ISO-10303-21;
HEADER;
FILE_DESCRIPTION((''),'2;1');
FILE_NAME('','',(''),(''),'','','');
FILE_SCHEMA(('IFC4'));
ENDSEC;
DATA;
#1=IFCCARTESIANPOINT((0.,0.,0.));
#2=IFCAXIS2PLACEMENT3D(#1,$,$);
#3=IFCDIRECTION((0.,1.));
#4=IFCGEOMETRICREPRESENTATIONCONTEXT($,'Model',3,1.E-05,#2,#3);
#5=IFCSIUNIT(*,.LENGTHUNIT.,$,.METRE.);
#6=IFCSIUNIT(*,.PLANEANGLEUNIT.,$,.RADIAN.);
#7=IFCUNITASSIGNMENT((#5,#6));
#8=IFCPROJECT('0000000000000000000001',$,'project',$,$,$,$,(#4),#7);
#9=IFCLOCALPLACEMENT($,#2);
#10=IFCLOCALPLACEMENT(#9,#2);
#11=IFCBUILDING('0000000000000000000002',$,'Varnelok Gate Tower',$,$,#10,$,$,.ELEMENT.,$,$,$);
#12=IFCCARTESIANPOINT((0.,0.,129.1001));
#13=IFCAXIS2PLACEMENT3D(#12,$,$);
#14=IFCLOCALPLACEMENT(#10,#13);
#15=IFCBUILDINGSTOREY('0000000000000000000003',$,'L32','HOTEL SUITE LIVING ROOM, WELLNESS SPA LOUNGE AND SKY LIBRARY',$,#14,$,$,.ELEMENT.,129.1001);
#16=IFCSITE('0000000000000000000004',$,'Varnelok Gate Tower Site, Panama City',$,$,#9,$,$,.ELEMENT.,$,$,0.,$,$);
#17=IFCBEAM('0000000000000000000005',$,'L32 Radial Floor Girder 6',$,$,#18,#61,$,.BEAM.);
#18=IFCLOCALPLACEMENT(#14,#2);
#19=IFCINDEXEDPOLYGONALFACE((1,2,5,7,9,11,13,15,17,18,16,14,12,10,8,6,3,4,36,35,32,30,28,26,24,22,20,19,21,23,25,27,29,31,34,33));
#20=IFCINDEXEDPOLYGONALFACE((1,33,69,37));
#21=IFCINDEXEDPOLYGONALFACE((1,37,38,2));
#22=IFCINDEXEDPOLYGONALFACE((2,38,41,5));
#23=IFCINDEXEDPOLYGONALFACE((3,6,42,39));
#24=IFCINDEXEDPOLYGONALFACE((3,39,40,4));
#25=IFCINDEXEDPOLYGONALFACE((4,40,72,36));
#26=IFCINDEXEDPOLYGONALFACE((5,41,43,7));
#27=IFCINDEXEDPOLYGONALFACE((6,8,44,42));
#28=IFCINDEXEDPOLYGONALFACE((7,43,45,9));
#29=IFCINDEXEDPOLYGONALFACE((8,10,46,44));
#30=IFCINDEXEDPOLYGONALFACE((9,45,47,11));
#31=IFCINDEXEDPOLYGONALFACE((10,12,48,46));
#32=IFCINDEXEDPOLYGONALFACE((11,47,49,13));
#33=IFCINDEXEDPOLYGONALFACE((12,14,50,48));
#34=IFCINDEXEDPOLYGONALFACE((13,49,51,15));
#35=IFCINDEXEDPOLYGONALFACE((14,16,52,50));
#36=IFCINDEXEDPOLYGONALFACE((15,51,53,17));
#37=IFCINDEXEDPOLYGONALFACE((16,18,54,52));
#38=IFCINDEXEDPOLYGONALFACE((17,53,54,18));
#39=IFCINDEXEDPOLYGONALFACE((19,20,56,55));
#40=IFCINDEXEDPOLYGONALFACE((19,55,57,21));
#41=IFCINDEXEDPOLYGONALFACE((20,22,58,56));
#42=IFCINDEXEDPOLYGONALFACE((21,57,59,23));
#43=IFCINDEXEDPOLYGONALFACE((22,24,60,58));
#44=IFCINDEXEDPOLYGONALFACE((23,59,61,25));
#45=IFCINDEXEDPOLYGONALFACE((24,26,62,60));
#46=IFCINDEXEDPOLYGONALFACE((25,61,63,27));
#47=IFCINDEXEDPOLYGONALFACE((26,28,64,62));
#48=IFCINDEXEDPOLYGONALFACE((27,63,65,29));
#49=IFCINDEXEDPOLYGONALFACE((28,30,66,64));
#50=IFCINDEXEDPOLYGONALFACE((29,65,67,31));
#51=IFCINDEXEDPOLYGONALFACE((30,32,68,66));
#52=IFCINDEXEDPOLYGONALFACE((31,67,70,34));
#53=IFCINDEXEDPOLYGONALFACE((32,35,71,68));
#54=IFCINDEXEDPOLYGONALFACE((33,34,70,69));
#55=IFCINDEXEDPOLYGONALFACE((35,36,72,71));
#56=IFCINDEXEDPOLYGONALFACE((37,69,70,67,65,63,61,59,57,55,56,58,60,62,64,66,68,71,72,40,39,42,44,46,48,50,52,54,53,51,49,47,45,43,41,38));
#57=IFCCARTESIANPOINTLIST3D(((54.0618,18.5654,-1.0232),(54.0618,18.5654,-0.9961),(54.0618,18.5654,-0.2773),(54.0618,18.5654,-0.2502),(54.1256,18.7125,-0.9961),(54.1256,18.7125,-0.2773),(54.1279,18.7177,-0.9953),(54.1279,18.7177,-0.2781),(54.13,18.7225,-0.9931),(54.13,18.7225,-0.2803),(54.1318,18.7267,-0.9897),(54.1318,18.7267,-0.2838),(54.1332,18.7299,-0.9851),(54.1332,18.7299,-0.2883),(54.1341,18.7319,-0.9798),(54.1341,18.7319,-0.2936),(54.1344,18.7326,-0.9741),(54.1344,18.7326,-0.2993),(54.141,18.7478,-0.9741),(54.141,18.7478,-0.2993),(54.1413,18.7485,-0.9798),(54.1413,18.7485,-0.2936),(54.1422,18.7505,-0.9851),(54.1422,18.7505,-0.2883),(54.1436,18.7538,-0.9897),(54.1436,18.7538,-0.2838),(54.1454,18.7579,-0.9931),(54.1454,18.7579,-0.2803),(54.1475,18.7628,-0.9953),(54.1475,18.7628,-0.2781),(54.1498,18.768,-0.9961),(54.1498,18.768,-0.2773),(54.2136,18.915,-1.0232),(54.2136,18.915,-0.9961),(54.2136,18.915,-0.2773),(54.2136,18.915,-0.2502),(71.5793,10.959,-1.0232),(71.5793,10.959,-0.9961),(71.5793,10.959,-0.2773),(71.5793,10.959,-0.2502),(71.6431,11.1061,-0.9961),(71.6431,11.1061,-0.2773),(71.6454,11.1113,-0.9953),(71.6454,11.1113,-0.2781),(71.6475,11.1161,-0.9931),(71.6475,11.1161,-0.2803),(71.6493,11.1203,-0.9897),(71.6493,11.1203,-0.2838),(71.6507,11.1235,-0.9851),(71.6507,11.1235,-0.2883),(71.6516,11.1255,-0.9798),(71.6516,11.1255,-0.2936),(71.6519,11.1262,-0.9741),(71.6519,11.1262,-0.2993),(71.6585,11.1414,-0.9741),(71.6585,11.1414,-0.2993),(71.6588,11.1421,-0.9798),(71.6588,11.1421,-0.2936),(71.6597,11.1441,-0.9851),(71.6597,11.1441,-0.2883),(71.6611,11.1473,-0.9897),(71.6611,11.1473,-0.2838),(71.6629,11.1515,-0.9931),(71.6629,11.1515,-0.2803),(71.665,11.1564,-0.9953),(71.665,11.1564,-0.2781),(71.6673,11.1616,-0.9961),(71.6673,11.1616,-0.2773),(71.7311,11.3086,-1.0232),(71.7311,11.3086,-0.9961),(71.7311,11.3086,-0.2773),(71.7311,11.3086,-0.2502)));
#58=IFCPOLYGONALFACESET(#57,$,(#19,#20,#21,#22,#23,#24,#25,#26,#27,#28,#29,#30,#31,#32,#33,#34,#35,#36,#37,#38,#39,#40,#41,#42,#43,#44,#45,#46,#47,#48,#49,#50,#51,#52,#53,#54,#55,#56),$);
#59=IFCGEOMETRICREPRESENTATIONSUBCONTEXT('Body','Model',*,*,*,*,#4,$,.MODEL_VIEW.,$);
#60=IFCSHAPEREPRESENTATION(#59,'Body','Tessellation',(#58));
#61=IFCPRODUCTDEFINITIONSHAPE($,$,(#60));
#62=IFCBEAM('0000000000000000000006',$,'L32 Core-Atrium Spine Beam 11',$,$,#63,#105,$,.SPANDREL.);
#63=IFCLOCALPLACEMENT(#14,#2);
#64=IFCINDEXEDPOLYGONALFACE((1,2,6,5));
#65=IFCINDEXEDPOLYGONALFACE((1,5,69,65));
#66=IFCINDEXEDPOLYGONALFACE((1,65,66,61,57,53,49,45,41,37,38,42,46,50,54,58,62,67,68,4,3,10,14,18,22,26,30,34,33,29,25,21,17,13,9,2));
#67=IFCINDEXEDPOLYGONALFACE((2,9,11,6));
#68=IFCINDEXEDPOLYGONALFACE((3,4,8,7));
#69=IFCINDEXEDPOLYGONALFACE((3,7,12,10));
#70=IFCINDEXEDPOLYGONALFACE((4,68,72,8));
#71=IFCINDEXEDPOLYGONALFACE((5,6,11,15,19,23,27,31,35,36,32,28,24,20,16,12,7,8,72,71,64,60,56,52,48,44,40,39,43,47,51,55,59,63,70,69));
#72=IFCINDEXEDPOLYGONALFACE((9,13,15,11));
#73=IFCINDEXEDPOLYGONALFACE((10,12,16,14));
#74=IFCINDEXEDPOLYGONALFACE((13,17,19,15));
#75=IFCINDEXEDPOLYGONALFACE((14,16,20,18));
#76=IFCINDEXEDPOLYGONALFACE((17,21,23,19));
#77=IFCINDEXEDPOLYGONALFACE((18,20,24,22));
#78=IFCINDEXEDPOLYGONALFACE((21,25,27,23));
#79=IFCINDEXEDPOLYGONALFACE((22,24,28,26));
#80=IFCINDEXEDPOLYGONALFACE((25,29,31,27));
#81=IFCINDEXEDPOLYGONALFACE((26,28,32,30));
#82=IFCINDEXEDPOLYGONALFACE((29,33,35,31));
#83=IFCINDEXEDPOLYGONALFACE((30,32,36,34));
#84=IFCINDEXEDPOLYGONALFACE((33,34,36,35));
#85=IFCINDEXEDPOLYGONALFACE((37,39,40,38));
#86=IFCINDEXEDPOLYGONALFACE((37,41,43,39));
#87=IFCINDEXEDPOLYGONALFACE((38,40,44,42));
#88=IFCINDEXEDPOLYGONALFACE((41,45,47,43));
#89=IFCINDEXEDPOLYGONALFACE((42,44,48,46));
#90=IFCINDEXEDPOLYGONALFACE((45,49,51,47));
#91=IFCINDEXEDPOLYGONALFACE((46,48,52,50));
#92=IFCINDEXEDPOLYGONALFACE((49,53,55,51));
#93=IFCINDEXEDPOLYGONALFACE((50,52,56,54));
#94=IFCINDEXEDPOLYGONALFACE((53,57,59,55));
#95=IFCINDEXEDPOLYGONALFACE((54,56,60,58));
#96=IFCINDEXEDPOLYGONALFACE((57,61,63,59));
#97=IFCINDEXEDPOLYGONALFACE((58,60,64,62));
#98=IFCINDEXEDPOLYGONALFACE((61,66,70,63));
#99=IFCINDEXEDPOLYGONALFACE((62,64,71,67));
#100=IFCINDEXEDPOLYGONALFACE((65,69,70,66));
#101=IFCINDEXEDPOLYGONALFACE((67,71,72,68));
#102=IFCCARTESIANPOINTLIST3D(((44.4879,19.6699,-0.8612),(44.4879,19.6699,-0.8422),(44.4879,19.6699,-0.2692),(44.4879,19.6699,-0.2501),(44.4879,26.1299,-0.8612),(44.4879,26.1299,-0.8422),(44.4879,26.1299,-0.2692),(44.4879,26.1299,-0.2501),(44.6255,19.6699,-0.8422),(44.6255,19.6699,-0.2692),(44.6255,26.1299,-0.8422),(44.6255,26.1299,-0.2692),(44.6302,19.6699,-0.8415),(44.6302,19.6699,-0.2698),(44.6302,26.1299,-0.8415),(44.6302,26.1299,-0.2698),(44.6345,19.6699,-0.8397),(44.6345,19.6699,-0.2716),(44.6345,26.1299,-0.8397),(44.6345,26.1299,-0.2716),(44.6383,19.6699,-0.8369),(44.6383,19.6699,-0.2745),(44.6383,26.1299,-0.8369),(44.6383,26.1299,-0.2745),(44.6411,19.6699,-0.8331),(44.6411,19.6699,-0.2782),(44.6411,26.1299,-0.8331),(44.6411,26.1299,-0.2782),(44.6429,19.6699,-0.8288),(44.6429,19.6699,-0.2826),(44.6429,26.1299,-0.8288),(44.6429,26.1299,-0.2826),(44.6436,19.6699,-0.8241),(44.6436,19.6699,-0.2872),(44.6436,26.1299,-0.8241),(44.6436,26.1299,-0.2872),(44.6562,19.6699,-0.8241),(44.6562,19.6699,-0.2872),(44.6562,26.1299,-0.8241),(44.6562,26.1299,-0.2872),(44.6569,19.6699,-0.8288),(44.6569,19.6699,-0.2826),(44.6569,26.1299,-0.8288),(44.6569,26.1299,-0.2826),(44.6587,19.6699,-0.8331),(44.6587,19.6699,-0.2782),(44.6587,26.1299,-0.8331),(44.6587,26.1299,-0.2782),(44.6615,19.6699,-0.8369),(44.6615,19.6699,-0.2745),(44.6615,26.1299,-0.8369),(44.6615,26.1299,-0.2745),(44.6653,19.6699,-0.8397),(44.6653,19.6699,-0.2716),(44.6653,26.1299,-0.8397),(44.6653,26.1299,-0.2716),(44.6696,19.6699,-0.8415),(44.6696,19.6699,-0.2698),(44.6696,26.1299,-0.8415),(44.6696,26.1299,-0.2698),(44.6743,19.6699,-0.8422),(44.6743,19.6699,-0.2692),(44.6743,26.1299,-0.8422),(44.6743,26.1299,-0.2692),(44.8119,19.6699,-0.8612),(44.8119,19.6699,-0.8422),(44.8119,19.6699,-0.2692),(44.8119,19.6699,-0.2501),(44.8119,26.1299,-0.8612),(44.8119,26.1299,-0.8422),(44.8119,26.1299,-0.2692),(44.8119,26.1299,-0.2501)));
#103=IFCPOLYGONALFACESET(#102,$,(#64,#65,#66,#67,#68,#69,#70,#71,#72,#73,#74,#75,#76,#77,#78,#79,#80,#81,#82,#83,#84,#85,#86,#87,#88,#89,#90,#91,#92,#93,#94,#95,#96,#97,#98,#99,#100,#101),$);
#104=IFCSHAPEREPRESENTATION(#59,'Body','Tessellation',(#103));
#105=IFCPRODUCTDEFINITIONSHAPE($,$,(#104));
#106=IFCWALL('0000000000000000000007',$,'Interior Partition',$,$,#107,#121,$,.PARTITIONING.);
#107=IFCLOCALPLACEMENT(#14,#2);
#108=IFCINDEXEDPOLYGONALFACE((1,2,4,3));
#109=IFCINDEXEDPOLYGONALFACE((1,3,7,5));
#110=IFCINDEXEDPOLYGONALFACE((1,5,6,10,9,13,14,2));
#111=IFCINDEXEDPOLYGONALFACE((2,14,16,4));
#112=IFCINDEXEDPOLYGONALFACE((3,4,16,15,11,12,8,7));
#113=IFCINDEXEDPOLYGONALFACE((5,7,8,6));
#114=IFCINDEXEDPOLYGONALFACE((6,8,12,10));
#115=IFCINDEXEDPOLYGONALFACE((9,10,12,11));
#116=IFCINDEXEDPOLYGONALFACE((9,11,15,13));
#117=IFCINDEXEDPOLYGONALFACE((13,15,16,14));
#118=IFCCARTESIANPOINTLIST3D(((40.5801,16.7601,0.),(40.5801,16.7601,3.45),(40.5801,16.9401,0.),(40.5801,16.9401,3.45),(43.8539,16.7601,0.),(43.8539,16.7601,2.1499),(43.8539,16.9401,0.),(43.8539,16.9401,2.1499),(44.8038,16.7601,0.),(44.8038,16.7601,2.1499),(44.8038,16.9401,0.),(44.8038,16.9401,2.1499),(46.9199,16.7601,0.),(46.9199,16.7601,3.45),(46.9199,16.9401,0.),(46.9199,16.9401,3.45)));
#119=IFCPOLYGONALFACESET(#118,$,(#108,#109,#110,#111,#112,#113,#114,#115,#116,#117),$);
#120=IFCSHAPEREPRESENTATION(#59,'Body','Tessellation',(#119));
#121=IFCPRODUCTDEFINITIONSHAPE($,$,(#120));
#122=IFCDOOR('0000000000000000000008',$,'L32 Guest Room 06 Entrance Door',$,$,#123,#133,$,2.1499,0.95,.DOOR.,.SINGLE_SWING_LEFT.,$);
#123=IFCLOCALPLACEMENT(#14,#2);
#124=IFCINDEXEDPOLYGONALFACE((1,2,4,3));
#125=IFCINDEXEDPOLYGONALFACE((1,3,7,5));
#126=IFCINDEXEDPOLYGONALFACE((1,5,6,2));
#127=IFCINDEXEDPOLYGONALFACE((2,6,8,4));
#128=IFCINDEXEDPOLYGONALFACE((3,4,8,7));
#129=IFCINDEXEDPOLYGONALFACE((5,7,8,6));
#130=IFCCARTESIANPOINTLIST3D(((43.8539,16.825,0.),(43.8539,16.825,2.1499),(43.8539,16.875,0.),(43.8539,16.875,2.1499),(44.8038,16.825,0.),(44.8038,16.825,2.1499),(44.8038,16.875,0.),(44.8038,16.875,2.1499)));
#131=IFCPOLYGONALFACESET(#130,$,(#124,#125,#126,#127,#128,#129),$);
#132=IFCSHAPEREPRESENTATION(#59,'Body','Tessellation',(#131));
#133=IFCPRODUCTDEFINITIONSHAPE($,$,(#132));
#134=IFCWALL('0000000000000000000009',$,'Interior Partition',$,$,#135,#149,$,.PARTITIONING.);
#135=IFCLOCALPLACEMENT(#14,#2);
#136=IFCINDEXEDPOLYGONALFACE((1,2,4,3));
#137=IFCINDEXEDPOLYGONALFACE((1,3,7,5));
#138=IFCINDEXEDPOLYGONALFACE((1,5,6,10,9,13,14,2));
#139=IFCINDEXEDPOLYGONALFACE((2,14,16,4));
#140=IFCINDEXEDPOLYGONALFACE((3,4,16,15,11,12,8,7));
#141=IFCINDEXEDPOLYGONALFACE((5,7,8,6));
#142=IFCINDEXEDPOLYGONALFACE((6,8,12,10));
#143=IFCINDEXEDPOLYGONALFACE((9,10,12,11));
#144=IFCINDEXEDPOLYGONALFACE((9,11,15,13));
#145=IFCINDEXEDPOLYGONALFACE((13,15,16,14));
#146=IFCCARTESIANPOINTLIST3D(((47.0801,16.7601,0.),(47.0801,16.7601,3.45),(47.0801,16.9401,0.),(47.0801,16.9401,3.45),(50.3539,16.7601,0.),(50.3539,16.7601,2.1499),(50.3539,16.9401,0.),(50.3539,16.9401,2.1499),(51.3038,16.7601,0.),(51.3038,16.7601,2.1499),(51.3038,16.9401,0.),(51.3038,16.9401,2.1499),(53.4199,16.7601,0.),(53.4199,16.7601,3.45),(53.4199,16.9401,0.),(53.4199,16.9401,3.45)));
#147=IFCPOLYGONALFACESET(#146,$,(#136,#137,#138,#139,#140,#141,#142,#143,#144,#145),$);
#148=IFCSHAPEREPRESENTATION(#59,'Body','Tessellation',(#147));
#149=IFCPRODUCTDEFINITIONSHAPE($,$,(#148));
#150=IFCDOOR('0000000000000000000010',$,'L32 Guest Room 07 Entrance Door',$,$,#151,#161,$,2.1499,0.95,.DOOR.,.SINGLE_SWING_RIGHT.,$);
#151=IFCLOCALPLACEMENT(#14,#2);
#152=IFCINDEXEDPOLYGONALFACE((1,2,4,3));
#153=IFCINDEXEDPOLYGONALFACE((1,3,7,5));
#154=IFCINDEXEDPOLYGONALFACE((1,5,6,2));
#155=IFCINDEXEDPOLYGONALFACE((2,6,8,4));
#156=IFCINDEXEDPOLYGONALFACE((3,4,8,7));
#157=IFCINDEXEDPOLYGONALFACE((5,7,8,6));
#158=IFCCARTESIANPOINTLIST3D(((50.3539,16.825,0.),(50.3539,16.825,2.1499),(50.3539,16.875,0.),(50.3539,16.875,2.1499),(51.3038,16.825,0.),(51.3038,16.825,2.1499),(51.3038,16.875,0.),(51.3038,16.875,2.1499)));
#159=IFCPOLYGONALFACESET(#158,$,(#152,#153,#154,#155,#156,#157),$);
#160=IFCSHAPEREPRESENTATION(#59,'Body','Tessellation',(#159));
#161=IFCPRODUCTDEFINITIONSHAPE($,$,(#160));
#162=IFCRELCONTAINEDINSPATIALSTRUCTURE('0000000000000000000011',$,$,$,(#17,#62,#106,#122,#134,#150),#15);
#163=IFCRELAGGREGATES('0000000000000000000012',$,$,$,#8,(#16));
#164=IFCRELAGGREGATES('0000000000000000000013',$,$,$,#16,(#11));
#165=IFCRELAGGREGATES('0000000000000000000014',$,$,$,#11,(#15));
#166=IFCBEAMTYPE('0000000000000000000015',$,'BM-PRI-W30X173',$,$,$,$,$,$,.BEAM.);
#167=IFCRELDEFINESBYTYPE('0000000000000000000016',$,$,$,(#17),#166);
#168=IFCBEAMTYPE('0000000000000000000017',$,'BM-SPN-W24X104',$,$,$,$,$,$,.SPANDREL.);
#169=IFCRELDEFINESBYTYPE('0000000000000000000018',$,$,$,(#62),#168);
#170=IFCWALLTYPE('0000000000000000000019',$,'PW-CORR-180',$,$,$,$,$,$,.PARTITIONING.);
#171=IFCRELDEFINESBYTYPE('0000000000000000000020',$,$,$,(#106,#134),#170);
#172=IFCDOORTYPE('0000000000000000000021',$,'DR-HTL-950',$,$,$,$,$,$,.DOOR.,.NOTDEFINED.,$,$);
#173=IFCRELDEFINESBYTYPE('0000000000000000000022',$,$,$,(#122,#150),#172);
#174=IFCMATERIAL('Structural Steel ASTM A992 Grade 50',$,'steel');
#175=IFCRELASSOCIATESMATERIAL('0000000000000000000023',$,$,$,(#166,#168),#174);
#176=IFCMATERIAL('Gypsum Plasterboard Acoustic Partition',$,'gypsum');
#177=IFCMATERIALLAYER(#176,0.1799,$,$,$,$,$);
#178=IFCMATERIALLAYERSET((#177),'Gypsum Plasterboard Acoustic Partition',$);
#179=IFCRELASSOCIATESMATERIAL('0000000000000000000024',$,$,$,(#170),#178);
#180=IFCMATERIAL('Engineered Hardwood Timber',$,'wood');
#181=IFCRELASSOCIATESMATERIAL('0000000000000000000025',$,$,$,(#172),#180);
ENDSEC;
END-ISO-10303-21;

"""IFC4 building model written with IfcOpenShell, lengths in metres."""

from ifc_helpers import new_model, si_unit, direction, frame, frame_2d, origin, origin_2d, place, context, subcontext, project, spatial, rectangle, i_section, extrude, material, layer, layer_set, material_profile, profile_set, type_object, element, fill, save


model = new_model("IFC4")

# Units and contexts
model_context = context("Model", 3, precision=1e-05, world=origin(), true_north=direction((0.0, 1.0)))
body_context = subcontext(model_context, "Body", "Model", "MODEL_VIEW")
ifc_project = project(units=[si_unit("LENGTHUNIT", "METRE"), si_unit("PLANEANGLEUNIT", "RADIAN")], contexts=[model_context])

# Site, building, storey
site_placement = place(None, origin())
site = spatial("IfcSite", under=ifc_project, at=site_placement, Name="Varnelok Gate Tower Site, Panama City", CompositionType="ELEMENT", RefElevation=0.0)
building_placement = place(site_placement, origin())
building = spatial("IfcBuilding", under=site, at=building_placement, Name="Varnelok Gate Tower", CompositionType="ELEMENT")
storey_placement = place(building_placement, frame((0.0, 0.0, 129.1001)))
storey = spatial("IfcBuildingStorey", under=building, at=storey_placement, Name="L32", Description="HOTEL SUITE LIVING ROOM, WELLNESS SPA LOUNGE AND SKY LIBRARY", CompositionType="ELEMENT", Elevation=129.1001)

# Shared definitions
ifc_material_1 = material(Name="Structural Steel ASTM A992 Grade 50", Category="steel")

# Beams
ifc_material_profile_1 = material_profile(ifc_material_1, i_section(OverallWidth=0.3811, OverallDepth=0.7729, WebThickness=0.0166, FlangeThickness=0.0271, FilletRadius=0.022, at=origin_2d()), Name="W30X173")
ifc_profile_set_1 = profile_set([ifc_material_profile_1], Name="Structural Steel ASTM A992 Grade 50")
beam_type_1 = type_object("IfcBeamType", Name="BM-PRI-W30X173", PredefinedType="BEAM", material=ifc_profile_set_1)
beam_1_placement = place(storey_placement, frame((54.1377, 18.7402, -0.6367), z_axis=(0.917259, -0.39829, 0.0), x_axis=(0.39829, 0.917259, 0.0)))
element("IfcBeam", 1, at=beam_1_placement, inside=storey, type_object=beam_type_1, Name="L32 Radial Floor Girder 6", PredefinedType="BEAM", context=body_context, shape_type="SweptSolid", body=[
    extrude(i_section(OverallWidth=0.3811, OverallDepth=0.7729, WebThickness=0.0166, FlangeThickness=0.0271, FilletRadius=0.022, at=origin_2d()), origin(), (0.0, 0.0, 1.0), 19.0977),
])
ifc_material_profile_2 = material_profile(ifc_material_1, i_section(OverallWidth=0.324, OverallDepth=0.6111, WebThickness=0.0127, FlangeThickness=0.019, FilletRadius=0.0181, at=origin_2d()), Name="W24X104")
ifc_profile_set_2 = profile_set([ifc_material_profile_2], Name="Structural Steel ASTM A992 Grade 50")
beam_type_2 = type_object("IfcBeamType", Name="BM-SPN-W24X104", PredefinedType="SPANDREL", material=ifc_profile_set_2)
beam_2_placement = place(storey_placement, frame((44.6499, 19.6699, -0.5557), z_axis=(0.0, 1.0, 0.0), x_axis=(-1.0, 0.0, 0.0)))
element("IfcBeam", 2, at=beam_2_placement, inside=storey, type_object=beam_type_2, Name="L32 Core-Atrium Spine Beam 11", PredefinedType="SPANDREL", context=body_context, shape_type="SweptSolid", body=[
    extrude(i_section(OverallWidth=0.324, OverallDepth=0.6111, WebThickness=0.0127, FlangeThickness=0.019, FilletRadius=0.0181, at=origin_2d()), origin(), (0.0, 0.0, 1.0), 6.46),
])

# Walls, openings, doors
ifc_material_2 = material(Name="Gypsum Plasterboard Acoustic Partition", Category="gypsum")
ifc_layer_1 = layer(ifc_material_2, 0.1799)
ifc_layer_set_1 = layer_set([ifc_layer_1], Name="Gypsum Plasterboard Acoustic Partition")
wall_type_1 = type_object("IfcWallType", Name="PW-CORR-180", PredefinedType="PARTITIONING", material=ifc_layer_set_1)
wall_1_placement = place(storey_placement, frame((40.5801, 16.8501, 0.0), z_axis=(0.0, 0.0, 1.0), x_axis=(1.0, 0.0, 0.0)))
wall_1 = element("IfcWall", 3, at=wall_1_placement, inside=storey, type_object=wall_type_1, Name="Interior Partition", PredefinedType="PARTITIONING", context=body_context, shape_type="SweptSolid", body=[
    extrude(rectangle(XDim=6.3398, YDim=0.1799, at=frame_2d((3.1699, 0.0))), origin(), (0.0, 0.0, 1.0), 3.45),
])
opening_1_placement = place(wall_1_placement, frame((3.2737, 0.0, 0.0)))
opening_1 = element("IfcOpeningElement", 4, at=opening_1_placement, cuts=wall_1, PredefinedType="OPENING", context=body_context, shape_type="SweptSolid", body=[
    extrude(rectangle(XDim=0.95, YDim=2.1499, at=frame_2d((0.4751, 1.075))), frame((0.0, 0.0999, 0.0), z_axis=(0.0, -1.0, 0.0), x_axis=(1.0, 0.0, 0.0)), (0.0, 0.0, 1.0), 0.2),
])
ifc_material_3 = material(Name="Engineered Hardwood Timber", Category="wood")
door_type_1 = type_object("IfcDoorType", Name="DR-HTL-950", OperationType="NOTDEFINED", PredefinedType="DOOR", material=ifc_material_3)
door_1_placement = place(opening_1_placement, origin())
door_1 = element("IfcDoor", 5, at=door_1_placement, inside=storey, type_object=door_type_1, Name="L32 Guest Room 06 Entrance Door", OperationType="SINGLE_SWING_LEFT", OverallHeight=2.1499, OverallWidth=0.95, PredefinedType="DOOR", context=body_context, shape_type="SweptSolid", body=[
    extrude(rectangle(XDim=0.95, YDim=2.1499, at=frame_2d((0.4751, 1.075))), frame((0.0, 0.0249, 0.0), z_axis=(0.0, -1.0, 0.0), x_axis=(1.0, 0.0, 0.0)), (0.0, 0.0, 1.0), 0.05),
])
fill(opening_1, door_1)
wall_2_placement = place(storey_placement, frame((47.0801, 16.8501, 0.0), z_axis=(0.0, 0.0, 1.0), x_axis=(1.0, 0.0, 0.0)))
wall_2 = element("IfcWall", 6, at=wall_2_placement, inside=storey, type_object=wall_type_1, Name="Interior Partition", PredefinedType="PARTITIONING", context=body_context, shape_type="SweptSolid", body=[
    extrude(rectangle(XDim=6.3398, YDim=0.1799, at=frame_2d((3.1699, 0.0))), origin(), (0.0, 0.0, 1.0), 3.45),
])
opening_2_placement = place(wall_2_placement, frame((3.2737, 0.0, 0.0)))
opening_2 = element("IfcOpeningElement", 7, at=opening_2_placement, cuts=wall_2, PredefinedType="OPENING", context=body_context, shape_type="SweptSolid", body=[
    extrude(rectangle(XDim=0.95, YDim=2.1499, at=frame_2d((0.4751, 1.075))), frame((0.0, 0.0999, 0.0), z_axis=(0.0, -1.0, 0.0), x_axis=(1.0, 0.0, 0.0)), (0.0, 0.0, 1.0), 0.2),
])
door_2_placement = place(opening_2_placement, origin())
door_2 = element("IfcDoor", 8, at=door_2_placement, inside=storey, type_object=door_type_1, Name="L32 Guest Room 07 Entrance Door", OperationType="SINGLE_SWING_RIGHT", OverallHeight=2.1499, OverallWidth=0.95, PredefinedType="DOOR", context=body_context, shape_type="SweptSolid", body=[
    extrude(rectangle(XDim=0.95, YDim=2.1499, at=frame_2d((0.4751, 1.075))), frame((0.0, 0.0249, 0.0), z_axis=(0.0, -1.0, 0.0), x_axis=(1.0, 0.0, 0.0)), (0.0, 0.0, 1.0), 0.05),
])
fill(opening_2, door_2)

save(model, "model.ifc")
